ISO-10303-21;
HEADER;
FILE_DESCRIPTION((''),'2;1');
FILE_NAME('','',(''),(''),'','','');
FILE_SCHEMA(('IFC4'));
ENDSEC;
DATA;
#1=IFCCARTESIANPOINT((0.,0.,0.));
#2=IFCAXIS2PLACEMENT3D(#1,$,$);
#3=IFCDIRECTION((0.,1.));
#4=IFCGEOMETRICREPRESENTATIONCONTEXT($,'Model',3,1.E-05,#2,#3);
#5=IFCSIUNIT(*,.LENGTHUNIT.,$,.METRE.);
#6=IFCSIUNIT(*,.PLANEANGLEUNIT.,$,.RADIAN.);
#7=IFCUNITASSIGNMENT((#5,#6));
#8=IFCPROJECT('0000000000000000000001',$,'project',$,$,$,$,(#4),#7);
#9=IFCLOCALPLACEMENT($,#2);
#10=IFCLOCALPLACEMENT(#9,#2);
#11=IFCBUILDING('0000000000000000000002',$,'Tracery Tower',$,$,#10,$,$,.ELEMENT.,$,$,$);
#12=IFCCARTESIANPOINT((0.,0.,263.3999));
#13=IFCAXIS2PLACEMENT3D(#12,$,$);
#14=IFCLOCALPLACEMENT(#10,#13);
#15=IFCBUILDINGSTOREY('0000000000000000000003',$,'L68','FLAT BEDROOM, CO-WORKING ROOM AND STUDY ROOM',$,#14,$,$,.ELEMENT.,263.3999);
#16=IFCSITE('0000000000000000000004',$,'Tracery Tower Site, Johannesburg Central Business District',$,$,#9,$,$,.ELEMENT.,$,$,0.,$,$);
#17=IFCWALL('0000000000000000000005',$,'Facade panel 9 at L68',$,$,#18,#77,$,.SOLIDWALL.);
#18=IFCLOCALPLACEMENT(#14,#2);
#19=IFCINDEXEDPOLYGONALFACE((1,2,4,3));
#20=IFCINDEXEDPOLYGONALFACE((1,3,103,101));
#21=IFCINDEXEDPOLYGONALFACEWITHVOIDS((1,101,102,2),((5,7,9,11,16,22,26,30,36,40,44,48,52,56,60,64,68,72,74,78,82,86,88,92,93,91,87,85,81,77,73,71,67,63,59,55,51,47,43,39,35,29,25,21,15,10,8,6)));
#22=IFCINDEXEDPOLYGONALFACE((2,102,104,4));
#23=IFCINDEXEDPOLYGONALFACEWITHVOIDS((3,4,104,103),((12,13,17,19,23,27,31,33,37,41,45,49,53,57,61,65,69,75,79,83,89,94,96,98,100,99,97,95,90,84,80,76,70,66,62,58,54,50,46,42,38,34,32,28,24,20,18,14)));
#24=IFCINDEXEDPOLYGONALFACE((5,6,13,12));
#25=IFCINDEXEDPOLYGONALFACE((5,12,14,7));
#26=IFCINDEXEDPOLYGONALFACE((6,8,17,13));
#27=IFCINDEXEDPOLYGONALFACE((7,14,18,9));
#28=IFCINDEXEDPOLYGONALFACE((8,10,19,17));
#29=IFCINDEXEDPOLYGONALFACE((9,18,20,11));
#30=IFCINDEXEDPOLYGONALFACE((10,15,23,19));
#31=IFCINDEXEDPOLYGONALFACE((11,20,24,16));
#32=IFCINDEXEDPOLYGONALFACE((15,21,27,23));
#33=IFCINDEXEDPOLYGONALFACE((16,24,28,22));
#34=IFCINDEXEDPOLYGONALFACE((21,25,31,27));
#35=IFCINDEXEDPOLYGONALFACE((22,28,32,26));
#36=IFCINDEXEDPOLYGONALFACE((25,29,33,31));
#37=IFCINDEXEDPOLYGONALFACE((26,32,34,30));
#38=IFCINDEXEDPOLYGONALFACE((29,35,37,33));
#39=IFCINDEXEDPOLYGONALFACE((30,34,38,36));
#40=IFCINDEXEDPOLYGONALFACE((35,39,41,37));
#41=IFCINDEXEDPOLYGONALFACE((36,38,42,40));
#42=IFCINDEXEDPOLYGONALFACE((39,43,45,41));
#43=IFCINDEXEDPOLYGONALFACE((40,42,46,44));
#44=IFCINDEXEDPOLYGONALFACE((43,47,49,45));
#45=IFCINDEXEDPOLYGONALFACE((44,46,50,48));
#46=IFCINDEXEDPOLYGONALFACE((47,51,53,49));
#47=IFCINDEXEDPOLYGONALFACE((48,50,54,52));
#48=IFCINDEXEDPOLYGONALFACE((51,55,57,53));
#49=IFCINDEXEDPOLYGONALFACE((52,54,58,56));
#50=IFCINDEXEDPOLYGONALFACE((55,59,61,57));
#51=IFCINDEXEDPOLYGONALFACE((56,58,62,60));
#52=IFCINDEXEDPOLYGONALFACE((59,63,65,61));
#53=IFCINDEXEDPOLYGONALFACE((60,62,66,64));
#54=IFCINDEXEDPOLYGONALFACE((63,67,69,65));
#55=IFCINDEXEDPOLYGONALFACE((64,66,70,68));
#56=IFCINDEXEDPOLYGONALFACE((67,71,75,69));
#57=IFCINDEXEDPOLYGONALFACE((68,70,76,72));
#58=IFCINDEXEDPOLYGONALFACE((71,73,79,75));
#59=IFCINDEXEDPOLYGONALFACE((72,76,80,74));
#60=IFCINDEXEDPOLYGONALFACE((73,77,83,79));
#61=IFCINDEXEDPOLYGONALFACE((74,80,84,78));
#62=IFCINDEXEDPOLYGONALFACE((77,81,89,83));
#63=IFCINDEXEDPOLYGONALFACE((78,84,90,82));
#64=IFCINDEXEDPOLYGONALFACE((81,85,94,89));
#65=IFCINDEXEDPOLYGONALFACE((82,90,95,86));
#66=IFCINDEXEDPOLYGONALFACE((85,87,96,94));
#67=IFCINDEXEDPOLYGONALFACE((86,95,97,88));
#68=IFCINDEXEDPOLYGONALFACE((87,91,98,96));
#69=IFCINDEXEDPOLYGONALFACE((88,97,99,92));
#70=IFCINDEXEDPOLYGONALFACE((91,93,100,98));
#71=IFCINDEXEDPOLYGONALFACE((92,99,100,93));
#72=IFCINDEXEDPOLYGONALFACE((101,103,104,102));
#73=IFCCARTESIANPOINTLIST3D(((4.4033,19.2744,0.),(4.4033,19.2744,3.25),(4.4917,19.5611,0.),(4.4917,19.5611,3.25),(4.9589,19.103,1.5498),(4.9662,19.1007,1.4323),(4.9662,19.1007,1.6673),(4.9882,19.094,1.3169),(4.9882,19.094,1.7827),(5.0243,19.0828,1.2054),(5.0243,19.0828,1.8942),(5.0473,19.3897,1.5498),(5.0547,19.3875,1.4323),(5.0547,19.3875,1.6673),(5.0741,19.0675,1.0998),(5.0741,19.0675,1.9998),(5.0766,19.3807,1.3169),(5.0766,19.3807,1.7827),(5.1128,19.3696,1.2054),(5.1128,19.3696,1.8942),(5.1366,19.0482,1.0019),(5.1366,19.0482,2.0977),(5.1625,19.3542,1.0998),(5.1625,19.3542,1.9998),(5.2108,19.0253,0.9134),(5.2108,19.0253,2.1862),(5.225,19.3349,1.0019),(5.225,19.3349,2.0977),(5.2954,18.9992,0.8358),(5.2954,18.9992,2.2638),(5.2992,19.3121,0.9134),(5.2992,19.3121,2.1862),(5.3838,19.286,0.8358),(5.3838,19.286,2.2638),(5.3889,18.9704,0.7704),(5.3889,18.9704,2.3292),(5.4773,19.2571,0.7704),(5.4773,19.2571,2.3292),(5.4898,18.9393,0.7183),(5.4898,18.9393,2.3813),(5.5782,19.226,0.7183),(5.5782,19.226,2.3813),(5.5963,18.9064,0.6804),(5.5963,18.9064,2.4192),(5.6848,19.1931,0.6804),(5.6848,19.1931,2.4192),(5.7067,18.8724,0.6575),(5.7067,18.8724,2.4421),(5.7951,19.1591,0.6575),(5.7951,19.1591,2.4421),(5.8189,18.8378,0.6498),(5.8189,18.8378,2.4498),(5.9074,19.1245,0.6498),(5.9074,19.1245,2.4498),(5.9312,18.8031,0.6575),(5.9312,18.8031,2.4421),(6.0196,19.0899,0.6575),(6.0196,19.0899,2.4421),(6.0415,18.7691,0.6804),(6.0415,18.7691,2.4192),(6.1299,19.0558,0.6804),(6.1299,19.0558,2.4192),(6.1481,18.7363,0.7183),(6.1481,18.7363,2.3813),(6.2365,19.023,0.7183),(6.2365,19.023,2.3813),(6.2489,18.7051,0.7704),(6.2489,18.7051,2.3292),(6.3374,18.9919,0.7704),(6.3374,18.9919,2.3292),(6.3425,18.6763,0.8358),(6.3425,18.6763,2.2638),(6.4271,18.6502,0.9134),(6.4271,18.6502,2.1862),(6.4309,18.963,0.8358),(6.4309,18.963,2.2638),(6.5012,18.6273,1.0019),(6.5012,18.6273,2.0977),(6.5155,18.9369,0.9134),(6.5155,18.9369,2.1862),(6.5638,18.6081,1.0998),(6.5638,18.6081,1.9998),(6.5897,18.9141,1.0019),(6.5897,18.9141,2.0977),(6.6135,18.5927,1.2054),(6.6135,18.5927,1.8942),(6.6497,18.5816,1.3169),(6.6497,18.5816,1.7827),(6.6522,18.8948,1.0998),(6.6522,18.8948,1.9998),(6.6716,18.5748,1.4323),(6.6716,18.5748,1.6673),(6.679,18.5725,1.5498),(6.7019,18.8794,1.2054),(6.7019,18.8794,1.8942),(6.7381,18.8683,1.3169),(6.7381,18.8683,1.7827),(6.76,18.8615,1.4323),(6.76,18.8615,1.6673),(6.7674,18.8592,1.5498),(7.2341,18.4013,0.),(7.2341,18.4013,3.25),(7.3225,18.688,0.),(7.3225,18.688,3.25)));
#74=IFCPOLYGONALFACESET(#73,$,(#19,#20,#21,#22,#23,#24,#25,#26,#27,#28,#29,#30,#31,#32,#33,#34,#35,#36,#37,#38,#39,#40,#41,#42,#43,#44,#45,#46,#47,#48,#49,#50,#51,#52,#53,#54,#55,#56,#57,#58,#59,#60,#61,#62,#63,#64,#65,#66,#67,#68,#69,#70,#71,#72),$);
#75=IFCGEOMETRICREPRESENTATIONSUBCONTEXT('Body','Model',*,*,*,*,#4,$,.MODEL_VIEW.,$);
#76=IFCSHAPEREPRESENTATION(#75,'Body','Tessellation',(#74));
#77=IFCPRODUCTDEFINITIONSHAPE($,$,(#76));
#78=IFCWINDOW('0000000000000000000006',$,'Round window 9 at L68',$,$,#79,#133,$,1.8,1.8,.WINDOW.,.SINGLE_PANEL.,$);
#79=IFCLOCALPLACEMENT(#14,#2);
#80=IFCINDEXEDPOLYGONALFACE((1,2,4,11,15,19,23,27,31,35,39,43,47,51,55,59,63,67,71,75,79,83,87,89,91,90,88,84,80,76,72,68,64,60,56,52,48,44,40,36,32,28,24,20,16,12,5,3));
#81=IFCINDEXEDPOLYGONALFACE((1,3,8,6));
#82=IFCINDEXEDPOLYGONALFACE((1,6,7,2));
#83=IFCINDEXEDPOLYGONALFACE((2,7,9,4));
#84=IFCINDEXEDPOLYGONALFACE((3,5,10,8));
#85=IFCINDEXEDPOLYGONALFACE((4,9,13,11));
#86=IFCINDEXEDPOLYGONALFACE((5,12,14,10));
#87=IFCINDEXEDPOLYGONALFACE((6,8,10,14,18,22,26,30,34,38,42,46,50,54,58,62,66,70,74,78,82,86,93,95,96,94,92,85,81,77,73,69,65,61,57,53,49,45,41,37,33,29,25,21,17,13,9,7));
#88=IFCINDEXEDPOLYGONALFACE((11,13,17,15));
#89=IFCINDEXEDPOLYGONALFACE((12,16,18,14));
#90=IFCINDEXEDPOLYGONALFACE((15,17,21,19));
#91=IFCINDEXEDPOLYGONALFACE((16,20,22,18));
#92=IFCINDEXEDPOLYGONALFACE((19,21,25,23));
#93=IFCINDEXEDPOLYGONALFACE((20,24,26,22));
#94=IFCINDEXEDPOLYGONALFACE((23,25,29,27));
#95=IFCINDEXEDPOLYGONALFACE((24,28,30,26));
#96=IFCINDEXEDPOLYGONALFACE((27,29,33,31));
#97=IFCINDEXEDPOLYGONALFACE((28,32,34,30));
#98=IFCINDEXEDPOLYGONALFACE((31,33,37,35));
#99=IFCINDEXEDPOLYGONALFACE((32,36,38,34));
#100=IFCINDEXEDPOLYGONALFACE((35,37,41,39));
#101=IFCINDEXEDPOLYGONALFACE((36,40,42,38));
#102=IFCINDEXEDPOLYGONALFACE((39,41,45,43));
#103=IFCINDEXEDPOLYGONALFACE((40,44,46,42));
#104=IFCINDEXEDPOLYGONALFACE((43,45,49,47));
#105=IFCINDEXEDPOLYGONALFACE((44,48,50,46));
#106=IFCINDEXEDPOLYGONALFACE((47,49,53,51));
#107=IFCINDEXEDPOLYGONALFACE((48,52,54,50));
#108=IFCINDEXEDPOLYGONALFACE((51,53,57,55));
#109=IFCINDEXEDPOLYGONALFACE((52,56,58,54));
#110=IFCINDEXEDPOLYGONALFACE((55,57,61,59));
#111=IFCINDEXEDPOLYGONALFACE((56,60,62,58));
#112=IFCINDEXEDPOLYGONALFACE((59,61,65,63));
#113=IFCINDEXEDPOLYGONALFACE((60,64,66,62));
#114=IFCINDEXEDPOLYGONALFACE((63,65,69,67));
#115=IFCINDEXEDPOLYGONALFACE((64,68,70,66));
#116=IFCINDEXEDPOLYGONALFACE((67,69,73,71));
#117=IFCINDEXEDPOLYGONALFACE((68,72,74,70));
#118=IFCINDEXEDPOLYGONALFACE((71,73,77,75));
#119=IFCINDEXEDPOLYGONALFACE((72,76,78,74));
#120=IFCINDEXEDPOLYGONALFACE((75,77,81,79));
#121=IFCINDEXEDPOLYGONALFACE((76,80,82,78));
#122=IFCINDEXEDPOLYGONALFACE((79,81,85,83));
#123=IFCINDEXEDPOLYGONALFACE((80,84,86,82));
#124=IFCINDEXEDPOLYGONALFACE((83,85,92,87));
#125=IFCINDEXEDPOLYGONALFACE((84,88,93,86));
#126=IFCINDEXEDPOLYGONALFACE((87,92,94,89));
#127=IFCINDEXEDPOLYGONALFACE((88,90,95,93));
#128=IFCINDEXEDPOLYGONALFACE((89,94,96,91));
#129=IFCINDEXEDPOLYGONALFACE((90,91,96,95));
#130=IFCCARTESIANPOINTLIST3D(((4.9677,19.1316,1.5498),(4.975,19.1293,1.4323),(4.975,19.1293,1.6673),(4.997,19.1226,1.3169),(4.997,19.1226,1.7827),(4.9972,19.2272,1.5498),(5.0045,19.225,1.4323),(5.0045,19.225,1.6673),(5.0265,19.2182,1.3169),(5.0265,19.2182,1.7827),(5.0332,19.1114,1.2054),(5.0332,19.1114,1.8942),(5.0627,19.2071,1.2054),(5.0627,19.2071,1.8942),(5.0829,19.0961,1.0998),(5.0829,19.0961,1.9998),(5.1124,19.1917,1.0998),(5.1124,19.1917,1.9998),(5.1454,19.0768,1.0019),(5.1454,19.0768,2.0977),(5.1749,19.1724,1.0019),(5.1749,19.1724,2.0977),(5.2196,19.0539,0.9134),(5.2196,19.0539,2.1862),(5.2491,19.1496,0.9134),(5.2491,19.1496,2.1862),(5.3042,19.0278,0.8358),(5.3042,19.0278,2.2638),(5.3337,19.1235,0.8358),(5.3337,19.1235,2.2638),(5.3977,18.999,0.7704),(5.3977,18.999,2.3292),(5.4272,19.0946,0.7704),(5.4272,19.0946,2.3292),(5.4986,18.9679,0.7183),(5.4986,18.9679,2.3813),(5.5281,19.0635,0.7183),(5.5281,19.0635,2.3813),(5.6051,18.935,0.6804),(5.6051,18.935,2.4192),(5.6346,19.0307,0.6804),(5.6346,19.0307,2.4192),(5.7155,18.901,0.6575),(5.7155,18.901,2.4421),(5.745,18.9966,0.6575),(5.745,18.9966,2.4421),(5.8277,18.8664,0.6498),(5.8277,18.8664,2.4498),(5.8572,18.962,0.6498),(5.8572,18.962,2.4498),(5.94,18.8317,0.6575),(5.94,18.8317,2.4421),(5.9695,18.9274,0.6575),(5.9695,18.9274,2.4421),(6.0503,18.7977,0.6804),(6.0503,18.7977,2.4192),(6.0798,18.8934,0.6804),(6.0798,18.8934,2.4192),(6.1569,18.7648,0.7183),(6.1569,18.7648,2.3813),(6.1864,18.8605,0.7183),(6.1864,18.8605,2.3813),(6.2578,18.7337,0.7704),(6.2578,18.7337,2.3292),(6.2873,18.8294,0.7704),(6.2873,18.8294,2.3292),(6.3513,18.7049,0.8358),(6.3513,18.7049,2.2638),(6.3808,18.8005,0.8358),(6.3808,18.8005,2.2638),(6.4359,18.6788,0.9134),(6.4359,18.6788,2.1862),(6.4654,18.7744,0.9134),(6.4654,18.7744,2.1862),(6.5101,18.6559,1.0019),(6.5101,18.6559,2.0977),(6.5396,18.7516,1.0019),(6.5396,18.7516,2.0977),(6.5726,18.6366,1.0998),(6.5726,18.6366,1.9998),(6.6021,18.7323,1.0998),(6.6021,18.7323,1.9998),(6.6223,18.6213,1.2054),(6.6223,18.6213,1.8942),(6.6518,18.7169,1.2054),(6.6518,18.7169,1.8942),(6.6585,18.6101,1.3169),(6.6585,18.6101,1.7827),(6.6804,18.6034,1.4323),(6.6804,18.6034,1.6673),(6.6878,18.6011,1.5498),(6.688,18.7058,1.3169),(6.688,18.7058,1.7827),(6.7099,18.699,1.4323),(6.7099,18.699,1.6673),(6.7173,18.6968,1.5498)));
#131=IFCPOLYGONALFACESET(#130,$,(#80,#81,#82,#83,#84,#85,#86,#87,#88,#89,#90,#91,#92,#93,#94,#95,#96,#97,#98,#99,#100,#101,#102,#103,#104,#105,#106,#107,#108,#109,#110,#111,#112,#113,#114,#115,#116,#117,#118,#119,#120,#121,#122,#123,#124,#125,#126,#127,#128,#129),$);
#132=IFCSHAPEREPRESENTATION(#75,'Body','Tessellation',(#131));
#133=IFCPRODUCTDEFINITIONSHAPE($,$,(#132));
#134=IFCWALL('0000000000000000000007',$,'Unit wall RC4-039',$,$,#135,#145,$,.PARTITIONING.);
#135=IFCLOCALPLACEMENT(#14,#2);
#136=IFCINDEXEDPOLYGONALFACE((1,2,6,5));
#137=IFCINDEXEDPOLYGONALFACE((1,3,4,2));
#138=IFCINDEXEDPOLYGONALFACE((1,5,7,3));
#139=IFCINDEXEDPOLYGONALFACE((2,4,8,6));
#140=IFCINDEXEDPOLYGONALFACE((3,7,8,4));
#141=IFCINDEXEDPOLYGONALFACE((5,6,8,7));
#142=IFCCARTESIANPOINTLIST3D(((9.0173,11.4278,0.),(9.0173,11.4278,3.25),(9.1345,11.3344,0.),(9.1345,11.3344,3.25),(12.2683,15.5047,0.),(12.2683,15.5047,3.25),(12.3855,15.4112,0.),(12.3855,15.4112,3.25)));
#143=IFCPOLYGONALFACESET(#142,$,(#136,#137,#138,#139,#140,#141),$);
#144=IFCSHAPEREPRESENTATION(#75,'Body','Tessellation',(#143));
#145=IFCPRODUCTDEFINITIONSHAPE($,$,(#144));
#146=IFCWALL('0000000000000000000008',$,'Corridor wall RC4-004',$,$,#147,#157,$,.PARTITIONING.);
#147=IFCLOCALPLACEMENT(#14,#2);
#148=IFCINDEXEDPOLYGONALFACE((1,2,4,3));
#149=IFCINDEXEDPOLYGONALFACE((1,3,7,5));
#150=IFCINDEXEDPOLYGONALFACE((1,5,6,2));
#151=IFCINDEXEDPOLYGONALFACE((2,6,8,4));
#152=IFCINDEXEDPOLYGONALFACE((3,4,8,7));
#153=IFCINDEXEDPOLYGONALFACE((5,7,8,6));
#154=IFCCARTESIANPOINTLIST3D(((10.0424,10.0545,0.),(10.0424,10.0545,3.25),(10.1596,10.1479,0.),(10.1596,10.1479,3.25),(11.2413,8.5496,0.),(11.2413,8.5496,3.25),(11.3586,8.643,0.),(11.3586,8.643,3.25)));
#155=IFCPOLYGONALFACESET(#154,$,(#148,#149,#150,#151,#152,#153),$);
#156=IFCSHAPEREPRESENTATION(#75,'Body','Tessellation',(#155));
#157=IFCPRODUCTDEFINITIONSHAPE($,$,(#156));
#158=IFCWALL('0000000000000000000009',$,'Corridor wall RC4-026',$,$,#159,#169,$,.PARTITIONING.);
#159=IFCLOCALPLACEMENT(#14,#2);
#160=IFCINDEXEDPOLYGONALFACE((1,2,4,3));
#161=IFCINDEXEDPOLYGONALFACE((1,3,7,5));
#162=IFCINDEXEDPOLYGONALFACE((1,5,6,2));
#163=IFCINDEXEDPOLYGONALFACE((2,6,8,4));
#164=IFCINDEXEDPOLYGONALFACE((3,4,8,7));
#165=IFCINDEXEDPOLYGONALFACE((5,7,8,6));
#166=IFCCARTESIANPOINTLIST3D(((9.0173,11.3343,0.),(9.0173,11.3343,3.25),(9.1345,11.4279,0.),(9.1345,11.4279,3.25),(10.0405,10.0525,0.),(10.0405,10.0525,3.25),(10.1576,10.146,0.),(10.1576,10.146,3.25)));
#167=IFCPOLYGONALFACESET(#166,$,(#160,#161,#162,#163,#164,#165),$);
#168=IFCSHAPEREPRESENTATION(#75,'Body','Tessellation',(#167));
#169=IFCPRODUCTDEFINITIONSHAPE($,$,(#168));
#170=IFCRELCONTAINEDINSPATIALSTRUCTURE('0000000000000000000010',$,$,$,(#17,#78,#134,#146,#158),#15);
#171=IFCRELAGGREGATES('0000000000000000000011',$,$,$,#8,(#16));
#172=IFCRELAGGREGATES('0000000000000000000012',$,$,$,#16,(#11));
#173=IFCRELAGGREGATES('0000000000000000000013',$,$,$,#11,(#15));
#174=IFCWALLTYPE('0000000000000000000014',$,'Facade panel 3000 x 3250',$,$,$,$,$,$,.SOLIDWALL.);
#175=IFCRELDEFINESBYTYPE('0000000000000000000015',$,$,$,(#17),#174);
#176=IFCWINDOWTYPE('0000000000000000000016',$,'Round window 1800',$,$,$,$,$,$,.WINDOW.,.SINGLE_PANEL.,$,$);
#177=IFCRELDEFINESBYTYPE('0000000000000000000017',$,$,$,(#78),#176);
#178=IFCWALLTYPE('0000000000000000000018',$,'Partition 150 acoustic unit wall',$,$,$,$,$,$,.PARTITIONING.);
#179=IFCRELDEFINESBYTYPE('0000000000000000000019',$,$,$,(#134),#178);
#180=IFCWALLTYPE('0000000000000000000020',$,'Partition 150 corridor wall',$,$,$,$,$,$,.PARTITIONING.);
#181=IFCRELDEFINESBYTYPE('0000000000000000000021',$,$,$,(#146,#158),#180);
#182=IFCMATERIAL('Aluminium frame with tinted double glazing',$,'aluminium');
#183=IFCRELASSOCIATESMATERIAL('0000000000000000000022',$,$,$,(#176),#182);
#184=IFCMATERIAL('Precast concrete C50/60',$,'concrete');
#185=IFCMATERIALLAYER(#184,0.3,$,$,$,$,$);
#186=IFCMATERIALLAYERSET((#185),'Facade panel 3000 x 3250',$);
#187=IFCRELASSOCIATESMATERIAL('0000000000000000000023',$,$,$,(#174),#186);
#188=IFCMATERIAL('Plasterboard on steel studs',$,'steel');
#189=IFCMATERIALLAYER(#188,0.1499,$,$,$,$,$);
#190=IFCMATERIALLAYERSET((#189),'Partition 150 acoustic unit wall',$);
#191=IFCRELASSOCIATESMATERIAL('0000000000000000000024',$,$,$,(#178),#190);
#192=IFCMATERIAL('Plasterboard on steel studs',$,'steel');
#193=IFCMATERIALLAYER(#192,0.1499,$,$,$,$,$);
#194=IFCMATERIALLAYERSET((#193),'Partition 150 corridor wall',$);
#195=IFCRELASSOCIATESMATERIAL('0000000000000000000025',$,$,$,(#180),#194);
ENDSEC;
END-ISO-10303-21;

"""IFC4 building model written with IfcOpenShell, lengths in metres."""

from ifc_helpers import new_model, si_unit, direction, frame, frame_2d, origin, origin_2d, place, context, subcontext, project, spatial, rectangle, circle, extrude, material, layer, layer_set, type_object, element, fill, save


model = new_model("IFC4")

# Units and contexts
model_context = context("Model", 3, precision=1e-05, world=origin(), true_north=direction((0.0, 1.0)))
body_context = subcontext(model_context, "Body", "Model", "MODEL_VIEW")
ifc_project = project(units=[si_unit("LENGTHUNIT", "METRE"), si_unit("PLANEANGLEUNIT", "RADIAN")], contexts=[model_context])

# Site, building, storey
site_placement = place(None, origin())
site = spatial("IfcSite", under=ifc_project, at=site_placement, Name="Tracery Tower Site, Johannesburg Central Business District", CompositionType="ELEMENT", RefElevation=0.0)
building_placement = place(site_placement, origin())
building = spatial("IfcBuilding", under=site, at=building_placement, Name="Tracery Tower", CompositionType="ELEMENT")
storey_placement = place(building_placement, frame((0.0, 0.0, 263.3999)))
storey = spatial("IfcBuildingStorey", under=building, at=storey_placement, Name="L68", Description="FLAT BEDROOM, CO-WORKING ROOM AND STUDY ROOM", CompositionType="ELEMENT", Elevation=263.3999)

# Wall, opening, window
ifc_material_1 = material(Name="Aluminium frame with tinted double glazing", Category="aluminium")
window_type = type_object("IfcWindowType", Name="Round window 1800", PartitioningType="SINGLE_PANEL", PredefinedType="WINDOW", material=ifc_material_1)
ifc_material_2 = material(Name="Precast concrete C50/60", Category="concrete")
ifc_layer_1 = layer(ifc_material_2, 0.3)
ifc_layer_set_1 = layer_set([ifc_layer_1], Name="Facade panel 3000 x 3250")
wall_type_1 = type_object("IfcWallType", Name="Facade panel 3000 x 3250", PredefinedType="SOLIDWALL", material=ifc_layer_set_1)
wall_1_placement = place(storey_placement, frame((7.2783, 18.5447, 0.0), z_axis=(0.0, 0.0, 1.0), x_axis=(-0.955586, 0.294711, 0.0)))
wall_1 = element("IfcWall", 1, at=wall_1_placement, inside=storey, type_object=wall_type_1, Name="Facade panel 9 at L68", PredefinedType="SOLIDWALL", context=body_context, shape_type="SweptSolid", body=[
    extrude(rectangle(XDim=2.9624, YDim=0.3, at=frame_2d((1.4812, 0.0))), origin(), (0.0, 0.0, 1.0), 3.25),
])
opening_1_placement = place(wall_1_placement, frame((1.481, 0.0, 1.5498)))
opening_1 = element("IfcOpeningElement", 2, at=opening_1_placement, cuts=wall_1, PredefinedType="OPENING", context=body_context, shape_type="SweptSolid", body=[
    extrude(circle(Radius=0.9, at=origin_2d()), frame((0.0, 0.1599, 0.0), z_axis=(0.0, -1.0, 0.0), x_axis=(1.0, 0.0, 0.0)), (0.0, 0.0, 1.0), 0.3201),
])
window_1_placement = place(opening_1_placement, origin())
window_1 = element("IfcWindow", 3, at=window_1_placement, inside=storey, type_object=window_type, Name="Round window 9 at L68", OverallHeight=1.8, OverallWidth=1.8, PartitioningType="SINGLE_PANEL", PredefinedType="WINDOW", context=body_context, shape_type="SweptSolid", body=[
    extrude(circle(Radius=0.9, at=origin_2d()), frame((0.0, 0.1201, 0.0), z_axis=(0.0, -1.0, 0.0), x_axis=(1.0, 0.0, 0.0)), (0.0, 0.0, 1.0), 0.1001),
])
fill(opening_1, window_1)

# Walls
ifc_material_3 = material(Name="Plasterboard on steel studs", Category="steel")
ifc_layer_2 = layer(ifc_material_3, 0.1499)
ifc_layer_set_2 = layer_set([ifc_layer_2], Name="Partition 150 acoustic unit wall")
wall_type_2 = type_object("IfcWallType", Name="Partition 150 acoustic unit wall", PredefinedType="PARTITIONING", material=ifc_layer_set_2)
wall_2_placement = place(storey_placement, frame((9.0759, 11.3811, 0.0), z_axis=(0.0, 0.0, 1.0), x_axis=(0.623461, 0.781854, 0.0)))
element("IfcWall", 4, at=wall_2_placement, inside=storey, type_object=wall_type_2, Name="Unit wall RC4-039", PredefinedType="PARTITIONING", context=body_context, shape_type="SweptSolid", body=[
    extrude(rectangle(XDim=5.2144, YDim=0.1499, at=frame_2d((2.6072, 0.0))), origin(), (0.0, 0.0, 1.0), 3.25),
])
ifc_material_4 = material(Name="Plasterboard on steel studs", Category="steel")
ifc_layer_3 = layer(ifc_material_4, 0.1499)
ifc_layer_set_3 = layer_set([ifc_layer_3], Name="Partition 150 corridor wall")
wall_type_3 = type_object("IfcWallType", Name="Partition 150 corridor wall", PredefinedType="PARTITIONING", material=ifc_layer_set_3)
wall_3_placement = place(storey_placement, frame((10.1011, 10.1011, 0.0), z_axis=(0.0, 0.0, 1.0), x_axis=(0.623131, -0.782118, 0.0)))
element("IfcWall", 5, at=wall_3_placement, inside=storey, type_object=wall_type_3, Name="Corridor wall RC4-004", PredefinedType="PARTITIONING", context=body_context, shape_type="SweptSolid", body=[
    extrude(rectangle(XDim=1.9241, YDim=0.1499, at=frame_2d((0.9619, 0.0))), origin(), (0.0, 0.0, 1.0), 3.25),
])
wall_4_placement = place(storey_placement, frame((9.0759, 11.3811, 0.0), z_axis=(0.0, 0.0, 1.0), x_axis=(0.623805, -0.78158, 0.0)))
element("IfcWall", 6, at=wall_4_placement, inside=storey, type_object=wall_type_3, Name="Corridor wall RC4-026", PredefinedType="PARTITIONING", context=body_context, shape_type="SweptSolid", body=[
    extrude(rectangle(XDim=1.6401, YDim=0.1499, at=frame_2d((0.8201, 0.0))), origin(), (0.0, 0.0, 1.0), 3.25),
])

save(model, "model.ifc")
